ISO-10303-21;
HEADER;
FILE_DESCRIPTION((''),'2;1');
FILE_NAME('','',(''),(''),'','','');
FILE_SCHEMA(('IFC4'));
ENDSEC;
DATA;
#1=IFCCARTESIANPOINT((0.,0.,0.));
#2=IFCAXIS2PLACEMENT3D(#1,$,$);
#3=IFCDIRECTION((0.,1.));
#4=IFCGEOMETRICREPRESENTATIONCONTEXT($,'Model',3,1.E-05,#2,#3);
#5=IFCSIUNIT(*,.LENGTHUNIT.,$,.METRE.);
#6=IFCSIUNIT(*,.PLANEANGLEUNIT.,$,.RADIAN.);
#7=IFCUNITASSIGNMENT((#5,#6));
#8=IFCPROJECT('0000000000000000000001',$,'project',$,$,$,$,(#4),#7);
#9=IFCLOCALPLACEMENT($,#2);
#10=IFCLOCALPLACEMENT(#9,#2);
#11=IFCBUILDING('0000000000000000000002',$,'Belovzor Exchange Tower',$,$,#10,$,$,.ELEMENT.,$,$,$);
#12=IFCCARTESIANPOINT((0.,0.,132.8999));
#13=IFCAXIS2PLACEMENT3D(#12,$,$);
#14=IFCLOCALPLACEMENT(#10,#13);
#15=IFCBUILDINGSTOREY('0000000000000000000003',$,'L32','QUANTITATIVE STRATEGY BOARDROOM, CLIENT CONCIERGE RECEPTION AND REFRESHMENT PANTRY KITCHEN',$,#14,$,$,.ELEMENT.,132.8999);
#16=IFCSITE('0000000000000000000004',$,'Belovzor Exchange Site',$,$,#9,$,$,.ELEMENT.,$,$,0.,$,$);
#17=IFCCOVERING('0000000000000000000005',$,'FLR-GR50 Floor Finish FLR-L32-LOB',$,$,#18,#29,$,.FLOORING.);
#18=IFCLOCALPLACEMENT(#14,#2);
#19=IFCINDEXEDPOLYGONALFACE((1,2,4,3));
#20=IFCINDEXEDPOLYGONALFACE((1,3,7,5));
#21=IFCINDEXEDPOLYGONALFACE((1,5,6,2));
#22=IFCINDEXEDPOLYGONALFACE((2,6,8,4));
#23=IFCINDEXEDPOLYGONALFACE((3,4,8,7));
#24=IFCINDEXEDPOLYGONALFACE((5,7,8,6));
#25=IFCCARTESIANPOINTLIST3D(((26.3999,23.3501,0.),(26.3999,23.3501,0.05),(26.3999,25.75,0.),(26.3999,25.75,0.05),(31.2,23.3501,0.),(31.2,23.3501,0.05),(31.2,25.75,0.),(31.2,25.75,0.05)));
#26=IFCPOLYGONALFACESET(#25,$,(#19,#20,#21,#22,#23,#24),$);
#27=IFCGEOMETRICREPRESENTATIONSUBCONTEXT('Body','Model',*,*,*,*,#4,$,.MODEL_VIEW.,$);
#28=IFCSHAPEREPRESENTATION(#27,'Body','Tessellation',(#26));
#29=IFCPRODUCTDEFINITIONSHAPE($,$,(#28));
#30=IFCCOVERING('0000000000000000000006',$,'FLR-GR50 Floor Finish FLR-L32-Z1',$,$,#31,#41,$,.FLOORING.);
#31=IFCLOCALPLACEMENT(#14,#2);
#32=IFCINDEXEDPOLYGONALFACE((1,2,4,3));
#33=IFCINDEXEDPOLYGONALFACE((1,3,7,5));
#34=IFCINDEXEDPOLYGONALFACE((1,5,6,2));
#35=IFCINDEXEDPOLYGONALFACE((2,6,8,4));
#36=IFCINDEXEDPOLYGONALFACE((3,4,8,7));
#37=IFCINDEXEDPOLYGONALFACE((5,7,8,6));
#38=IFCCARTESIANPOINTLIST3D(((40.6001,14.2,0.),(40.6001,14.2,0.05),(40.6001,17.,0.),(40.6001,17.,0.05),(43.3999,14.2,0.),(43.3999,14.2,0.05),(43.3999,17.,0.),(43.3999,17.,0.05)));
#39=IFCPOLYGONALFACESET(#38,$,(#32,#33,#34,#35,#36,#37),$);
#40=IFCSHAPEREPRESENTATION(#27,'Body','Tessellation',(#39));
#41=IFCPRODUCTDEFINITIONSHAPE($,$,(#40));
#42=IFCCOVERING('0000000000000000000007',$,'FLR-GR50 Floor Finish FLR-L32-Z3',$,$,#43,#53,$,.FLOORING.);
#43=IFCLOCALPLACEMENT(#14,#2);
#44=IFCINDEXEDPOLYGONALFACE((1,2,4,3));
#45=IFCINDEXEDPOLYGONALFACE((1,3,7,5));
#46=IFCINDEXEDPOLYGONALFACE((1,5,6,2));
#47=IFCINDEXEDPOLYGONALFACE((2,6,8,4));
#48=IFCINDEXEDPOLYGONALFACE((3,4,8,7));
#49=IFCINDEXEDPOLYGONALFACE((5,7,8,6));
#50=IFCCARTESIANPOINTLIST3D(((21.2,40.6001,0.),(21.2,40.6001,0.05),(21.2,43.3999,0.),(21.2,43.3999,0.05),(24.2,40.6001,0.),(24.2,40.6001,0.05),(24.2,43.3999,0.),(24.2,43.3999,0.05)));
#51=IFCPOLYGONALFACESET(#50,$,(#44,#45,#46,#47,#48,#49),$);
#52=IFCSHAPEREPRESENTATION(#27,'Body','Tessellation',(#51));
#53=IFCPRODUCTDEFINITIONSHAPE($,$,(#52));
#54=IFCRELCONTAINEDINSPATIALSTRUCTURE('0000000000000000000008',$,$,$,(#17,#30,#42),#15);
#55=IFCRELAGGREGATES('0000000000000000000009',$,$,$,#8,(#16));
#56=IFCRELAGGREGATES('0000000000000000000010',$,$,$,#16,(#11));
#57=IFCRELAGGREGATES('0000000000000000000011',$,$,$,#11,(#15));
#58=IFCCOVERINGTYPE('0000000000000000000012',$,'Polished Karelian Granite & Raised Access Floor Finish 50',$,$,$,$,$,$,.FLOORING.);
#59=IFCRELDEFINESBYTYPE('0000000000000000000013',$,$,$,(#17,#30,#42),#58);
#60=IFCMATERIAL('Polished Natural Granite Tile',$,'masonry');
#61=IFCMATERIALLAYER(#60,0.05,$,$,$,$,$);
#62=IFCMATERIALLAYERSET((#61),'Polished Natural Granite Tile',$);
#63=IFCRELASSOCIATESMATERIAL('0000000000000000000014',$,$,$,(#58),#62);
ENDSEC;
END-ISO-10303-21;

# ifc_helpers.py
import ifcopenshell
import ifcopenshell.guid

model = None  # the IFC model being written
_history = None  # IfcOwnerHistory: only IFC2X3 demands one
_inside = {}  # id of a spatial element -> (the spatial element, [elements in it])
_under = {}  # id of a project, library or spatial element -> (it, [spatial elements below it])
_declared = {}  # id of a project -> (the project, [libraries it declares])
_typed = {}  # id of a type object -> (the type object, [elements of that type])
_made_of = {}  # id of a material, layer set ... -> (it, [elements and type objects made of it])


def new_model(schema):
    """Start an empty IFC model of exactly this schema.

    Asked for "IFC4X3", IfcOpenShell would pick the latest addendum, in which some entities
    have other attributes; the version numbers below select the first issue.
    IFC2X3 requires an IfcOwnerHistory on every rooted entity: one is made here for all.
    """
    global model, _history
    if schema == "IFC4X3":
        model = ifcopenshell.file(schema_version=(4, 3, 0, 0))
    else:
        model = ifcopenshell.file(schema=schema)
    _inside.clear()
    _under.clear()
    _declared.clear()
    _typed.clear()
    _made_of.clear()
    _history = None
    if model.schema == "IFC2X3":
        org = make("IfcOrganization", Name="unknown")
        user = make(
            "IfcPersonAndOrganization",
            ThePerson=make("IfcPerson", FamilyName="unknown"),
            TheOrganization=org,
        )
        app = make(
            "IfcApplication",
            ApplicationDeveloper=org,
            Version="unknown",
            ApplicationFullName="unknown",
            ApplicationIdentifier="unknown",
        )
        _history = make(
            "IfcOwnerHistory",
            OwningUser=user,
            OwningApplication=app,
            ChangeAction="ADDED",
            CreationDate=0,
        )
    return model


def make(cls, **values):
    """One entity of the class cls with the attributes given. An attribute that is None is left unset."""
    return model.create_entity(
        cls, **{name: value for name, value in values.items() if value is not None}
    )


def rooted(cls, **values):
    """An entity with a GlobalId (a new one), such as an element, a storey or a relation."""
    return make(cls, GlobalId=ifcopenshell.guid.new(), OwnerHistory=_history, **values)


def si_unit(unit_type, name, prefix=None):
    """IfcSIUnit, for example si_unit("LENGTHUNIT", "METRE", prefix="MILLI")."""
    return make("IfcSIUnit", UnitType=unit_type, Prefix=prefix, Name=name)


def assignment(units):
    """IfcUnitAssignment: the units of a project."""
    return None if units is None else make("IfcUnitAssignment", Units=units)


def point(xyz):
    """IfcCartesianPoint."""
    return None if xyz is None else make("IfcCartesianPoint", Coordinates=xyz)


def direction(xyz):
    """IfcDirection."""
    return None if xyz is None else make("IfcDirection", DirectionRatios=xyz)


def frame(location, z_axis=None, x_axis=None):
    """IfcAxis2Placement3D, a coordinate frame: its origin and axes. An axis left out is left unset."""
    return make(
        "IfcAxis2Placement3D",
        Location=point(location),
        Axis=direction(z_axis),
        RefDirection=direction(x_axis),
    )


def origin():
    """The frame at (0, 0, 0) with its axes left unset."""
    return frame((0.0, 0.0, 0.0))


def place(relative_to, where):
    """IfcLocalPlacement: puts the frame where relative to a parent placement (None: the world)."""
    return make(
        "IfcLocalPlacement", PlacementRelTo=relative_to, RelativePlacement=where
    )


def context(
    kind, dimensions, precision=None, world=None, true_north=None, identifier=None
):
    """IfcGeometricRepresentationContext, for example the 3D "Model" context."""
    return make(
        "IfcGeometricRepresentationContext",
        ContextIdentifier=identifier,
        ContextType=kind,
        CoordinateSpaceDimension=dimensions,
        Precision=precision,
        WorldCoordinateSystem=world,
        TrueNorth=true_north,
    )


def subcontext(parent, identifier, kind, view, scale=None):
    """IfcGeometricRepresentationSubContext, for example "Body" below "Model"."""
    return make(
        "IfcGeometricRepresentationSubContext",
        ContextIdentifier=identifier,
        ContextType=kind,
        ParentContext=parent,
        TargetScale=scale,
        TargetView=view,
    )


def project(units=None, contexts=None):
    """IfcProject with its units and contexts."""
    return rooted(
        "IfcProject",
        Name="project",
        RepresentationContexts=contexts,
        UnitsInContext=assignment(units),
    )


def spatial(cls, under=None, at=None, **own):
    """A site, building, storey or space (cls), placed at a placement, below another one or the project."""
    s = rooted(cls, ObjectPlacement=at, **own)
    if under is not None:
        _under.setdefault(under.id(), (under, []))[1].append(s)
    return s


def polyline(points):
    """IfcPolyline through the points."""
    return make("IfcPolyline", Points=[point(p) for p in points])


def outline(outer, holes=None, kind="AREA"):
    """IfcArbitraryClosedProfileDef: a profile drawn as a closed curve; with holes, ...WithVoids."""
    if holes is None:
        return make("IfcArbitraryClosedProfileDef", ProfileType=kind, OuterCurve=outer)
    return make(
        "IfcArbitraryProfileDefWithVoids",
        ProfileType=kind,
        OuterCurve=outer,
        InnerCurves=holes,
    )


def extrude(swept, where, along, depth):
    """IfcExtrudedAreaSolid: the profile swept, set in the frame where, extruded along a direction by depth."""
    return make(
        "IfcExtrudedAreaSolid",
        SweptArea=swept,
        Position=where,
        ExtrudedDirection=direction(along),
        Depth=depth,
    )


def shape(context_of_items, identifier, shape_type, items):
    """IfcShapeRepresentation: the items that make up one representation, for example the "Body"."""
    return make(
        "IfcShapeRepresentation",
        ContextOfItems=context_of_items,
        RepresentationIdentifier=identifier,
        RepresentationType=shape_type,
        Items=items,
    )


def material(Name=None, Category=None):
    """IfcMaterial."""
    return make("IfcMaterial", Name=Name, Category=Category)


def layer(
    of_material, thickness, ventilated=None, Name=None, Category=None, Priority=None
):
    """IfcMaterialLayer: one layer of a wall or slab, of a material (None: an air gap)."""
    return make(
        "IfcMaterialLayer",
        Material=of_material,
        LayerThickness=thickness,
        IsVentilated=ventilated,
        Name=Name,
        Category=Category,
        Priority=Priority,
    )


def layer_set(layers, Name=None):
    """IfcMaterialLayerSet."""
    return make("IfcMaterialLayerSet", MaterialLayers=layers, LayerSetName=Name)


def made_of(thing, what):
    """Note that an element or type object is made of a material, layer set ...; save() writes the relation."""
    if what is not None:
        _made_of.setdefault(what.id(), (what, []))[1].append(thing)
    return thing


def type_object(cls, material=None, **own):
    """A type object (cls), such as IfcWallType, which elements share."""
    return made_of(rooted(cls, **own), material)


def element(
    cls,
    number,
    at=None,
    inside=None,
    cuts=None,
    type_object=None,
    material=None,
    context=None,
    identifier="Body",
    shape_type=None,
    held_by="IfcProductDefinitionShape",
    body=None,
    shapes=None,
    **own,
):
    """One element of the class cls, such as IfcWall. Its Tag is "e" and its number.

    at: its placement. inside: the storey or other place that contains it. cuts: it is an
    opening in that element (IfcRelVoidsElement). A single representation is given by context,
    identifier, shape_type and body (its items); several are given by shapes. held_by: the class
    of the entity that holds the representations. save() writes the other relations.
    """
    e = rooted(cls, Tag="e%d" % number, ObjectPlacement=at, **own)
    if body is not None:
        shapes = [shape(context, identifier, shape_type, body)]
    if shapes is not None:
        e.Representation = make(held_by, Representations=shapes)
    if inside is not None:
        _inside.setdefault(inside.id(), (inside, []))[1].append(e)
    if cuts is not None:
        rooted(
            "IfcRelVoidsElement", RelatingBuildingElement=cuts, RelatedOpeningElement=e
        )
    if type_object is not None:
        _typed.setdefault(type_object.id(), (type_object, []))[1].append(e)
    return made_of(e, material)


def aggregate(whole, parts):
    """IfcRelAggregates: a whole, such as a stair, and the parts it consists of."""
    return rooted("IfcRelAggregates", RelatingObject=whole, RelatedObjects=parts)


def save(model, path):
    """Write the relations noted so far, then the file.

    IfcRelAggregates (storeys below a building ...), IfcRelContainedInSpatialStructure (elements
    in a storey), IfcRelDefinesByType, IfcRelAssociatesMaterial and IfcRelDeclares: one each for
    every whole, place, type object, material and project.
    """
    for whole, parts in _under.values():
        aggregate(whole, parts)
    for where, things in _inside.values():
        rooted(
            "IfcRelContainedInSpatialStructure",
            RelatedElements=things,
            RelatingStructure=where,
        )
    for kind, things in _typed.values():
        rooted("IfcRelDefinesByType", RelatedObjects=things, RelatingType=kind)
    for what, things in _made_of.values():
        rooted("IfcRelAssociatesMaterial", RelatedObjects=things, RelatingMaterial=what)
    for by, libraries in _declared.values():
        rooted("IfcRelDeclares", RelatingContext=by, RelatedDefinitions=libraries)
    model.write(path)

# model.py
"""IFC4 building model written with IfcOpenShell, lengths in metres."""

from ifc_helpers import new_model, si_unit, direction, frame, origin, place, context, subcontext, project, spatial, polyline, outline, extrude, material, layer, layer_set, type_object, element, save


model = new_model("IFC4")

# Units and contexts
model_context = context("Model", 3, precision=1e-05, world=origin(), true_north=direction((0.0, 1.0)))
body_context = subcontext(model_context, "Body", "Model", "MODEL_VIEW")
ifc_project = project(units=[si_unit("LENGTHUNIT", "METRE"), si_unit("PLANEANGLEUNIT", "RADIAN")], contexts=[model_context])

# Site, building, storey
site_placement = place(None, origin())
site = spatial("IfcSite", under=ifc_project, at=site_placement, Name="Belovzor Exchange Site", CompositionType="ELEMENT", RefElevation=0.0)
building_placement = place(site_placement, origin())
building = spatial("IfcBuilding", under=site, at=building_placement, Name="Belovzor Exchange Tower", CompositionType="ELEMENT")
storey_placement = place(building_placement, frame((0.0, 0.0, 132.8999)))
storey = spatial("IfcBuildingStorey", under=building, at=storey_placement, Name="L32", Description="QUANTITATIVE STRATEGY BOARDROOM, CLIENT CONCIERGE RECEPTION AND REFRESHMENT PANTRY KITCHEN", CompositionType="ELEMENT", Elevation=132.8999)

# Coverings
ifc_material_1 = material(Name="Polished Natural Granite Tile", Category="masonry")
ifc_layer_1 = layer(ifc_material_1, 0.05)
ifc_layer_set_1 = layer_set([ifc_layer_1], Name="Polished Natural Granite Tile")
covering_type_1 = type_object("IfcCoveringType", Name="Polished Karelian Granite & Raised Access Floor Finish 50", PredefinedType="FLOORING", material=ifc_layer_set_1)
covering_1_placement = place(storey_placement, origin())
element("IfcCovering", 1, at=covering_1_placement, inside=storey, type_object=covering_type_1, Name="FLR-GR50 Floor Finish FLR-L32-LOB", PredefinedType="FLOORING", context=body_context, shape_type="SweptSolid", body=[
    extrude(outline(polyline([(26.3999, 23.3501), (31.2, 23.3501), (31.2, 25.75), (26.3999, 25.75), (26.3999, 23.3501)])), origin(), (0.0, 0.0, 1.0), 0.05),
])
covering_2_placement = place(storey_placement, origin())
element("IfcCovering", 2, at=covering_2_placement, inside=storey, type_object=covering_type_1, Name="FLR-GR50 Floor Finish FLR-L32-Z1", PredefinedType="FLOORING", context=body_context, shape_type="SweptSolid", body=[
    extrude(outline(polyline([(40.6001, 14.2), (43.3999, 14.2), (43.3999, 17.0), (40.6001, 17.0), (40.6001, 14.2)])), origin(), (0.0, 0.0, 1.0), 0.05),
])
covering_3_placement = place(storey_placement, origin())
element("IfcCovering", 3, at=covering_3_placement, inside=storey, type_object=covering_type_1, Name="FLR-GR50 Floor Finish FLR-L32-Z3", PredefinedType="FLOORING", context=body_context, shape_type="SweptSolid", body=[
    extrude(outline(polyline([(21.2, 40.6001), (24.2, 40.6001), (24.2, 43.3999), (21.2, 43.3999), (21.2, 40.6001)])), origin(), (0.0, 0.0, 1.0), 0.05),
])

save(model, "model.ifc")
